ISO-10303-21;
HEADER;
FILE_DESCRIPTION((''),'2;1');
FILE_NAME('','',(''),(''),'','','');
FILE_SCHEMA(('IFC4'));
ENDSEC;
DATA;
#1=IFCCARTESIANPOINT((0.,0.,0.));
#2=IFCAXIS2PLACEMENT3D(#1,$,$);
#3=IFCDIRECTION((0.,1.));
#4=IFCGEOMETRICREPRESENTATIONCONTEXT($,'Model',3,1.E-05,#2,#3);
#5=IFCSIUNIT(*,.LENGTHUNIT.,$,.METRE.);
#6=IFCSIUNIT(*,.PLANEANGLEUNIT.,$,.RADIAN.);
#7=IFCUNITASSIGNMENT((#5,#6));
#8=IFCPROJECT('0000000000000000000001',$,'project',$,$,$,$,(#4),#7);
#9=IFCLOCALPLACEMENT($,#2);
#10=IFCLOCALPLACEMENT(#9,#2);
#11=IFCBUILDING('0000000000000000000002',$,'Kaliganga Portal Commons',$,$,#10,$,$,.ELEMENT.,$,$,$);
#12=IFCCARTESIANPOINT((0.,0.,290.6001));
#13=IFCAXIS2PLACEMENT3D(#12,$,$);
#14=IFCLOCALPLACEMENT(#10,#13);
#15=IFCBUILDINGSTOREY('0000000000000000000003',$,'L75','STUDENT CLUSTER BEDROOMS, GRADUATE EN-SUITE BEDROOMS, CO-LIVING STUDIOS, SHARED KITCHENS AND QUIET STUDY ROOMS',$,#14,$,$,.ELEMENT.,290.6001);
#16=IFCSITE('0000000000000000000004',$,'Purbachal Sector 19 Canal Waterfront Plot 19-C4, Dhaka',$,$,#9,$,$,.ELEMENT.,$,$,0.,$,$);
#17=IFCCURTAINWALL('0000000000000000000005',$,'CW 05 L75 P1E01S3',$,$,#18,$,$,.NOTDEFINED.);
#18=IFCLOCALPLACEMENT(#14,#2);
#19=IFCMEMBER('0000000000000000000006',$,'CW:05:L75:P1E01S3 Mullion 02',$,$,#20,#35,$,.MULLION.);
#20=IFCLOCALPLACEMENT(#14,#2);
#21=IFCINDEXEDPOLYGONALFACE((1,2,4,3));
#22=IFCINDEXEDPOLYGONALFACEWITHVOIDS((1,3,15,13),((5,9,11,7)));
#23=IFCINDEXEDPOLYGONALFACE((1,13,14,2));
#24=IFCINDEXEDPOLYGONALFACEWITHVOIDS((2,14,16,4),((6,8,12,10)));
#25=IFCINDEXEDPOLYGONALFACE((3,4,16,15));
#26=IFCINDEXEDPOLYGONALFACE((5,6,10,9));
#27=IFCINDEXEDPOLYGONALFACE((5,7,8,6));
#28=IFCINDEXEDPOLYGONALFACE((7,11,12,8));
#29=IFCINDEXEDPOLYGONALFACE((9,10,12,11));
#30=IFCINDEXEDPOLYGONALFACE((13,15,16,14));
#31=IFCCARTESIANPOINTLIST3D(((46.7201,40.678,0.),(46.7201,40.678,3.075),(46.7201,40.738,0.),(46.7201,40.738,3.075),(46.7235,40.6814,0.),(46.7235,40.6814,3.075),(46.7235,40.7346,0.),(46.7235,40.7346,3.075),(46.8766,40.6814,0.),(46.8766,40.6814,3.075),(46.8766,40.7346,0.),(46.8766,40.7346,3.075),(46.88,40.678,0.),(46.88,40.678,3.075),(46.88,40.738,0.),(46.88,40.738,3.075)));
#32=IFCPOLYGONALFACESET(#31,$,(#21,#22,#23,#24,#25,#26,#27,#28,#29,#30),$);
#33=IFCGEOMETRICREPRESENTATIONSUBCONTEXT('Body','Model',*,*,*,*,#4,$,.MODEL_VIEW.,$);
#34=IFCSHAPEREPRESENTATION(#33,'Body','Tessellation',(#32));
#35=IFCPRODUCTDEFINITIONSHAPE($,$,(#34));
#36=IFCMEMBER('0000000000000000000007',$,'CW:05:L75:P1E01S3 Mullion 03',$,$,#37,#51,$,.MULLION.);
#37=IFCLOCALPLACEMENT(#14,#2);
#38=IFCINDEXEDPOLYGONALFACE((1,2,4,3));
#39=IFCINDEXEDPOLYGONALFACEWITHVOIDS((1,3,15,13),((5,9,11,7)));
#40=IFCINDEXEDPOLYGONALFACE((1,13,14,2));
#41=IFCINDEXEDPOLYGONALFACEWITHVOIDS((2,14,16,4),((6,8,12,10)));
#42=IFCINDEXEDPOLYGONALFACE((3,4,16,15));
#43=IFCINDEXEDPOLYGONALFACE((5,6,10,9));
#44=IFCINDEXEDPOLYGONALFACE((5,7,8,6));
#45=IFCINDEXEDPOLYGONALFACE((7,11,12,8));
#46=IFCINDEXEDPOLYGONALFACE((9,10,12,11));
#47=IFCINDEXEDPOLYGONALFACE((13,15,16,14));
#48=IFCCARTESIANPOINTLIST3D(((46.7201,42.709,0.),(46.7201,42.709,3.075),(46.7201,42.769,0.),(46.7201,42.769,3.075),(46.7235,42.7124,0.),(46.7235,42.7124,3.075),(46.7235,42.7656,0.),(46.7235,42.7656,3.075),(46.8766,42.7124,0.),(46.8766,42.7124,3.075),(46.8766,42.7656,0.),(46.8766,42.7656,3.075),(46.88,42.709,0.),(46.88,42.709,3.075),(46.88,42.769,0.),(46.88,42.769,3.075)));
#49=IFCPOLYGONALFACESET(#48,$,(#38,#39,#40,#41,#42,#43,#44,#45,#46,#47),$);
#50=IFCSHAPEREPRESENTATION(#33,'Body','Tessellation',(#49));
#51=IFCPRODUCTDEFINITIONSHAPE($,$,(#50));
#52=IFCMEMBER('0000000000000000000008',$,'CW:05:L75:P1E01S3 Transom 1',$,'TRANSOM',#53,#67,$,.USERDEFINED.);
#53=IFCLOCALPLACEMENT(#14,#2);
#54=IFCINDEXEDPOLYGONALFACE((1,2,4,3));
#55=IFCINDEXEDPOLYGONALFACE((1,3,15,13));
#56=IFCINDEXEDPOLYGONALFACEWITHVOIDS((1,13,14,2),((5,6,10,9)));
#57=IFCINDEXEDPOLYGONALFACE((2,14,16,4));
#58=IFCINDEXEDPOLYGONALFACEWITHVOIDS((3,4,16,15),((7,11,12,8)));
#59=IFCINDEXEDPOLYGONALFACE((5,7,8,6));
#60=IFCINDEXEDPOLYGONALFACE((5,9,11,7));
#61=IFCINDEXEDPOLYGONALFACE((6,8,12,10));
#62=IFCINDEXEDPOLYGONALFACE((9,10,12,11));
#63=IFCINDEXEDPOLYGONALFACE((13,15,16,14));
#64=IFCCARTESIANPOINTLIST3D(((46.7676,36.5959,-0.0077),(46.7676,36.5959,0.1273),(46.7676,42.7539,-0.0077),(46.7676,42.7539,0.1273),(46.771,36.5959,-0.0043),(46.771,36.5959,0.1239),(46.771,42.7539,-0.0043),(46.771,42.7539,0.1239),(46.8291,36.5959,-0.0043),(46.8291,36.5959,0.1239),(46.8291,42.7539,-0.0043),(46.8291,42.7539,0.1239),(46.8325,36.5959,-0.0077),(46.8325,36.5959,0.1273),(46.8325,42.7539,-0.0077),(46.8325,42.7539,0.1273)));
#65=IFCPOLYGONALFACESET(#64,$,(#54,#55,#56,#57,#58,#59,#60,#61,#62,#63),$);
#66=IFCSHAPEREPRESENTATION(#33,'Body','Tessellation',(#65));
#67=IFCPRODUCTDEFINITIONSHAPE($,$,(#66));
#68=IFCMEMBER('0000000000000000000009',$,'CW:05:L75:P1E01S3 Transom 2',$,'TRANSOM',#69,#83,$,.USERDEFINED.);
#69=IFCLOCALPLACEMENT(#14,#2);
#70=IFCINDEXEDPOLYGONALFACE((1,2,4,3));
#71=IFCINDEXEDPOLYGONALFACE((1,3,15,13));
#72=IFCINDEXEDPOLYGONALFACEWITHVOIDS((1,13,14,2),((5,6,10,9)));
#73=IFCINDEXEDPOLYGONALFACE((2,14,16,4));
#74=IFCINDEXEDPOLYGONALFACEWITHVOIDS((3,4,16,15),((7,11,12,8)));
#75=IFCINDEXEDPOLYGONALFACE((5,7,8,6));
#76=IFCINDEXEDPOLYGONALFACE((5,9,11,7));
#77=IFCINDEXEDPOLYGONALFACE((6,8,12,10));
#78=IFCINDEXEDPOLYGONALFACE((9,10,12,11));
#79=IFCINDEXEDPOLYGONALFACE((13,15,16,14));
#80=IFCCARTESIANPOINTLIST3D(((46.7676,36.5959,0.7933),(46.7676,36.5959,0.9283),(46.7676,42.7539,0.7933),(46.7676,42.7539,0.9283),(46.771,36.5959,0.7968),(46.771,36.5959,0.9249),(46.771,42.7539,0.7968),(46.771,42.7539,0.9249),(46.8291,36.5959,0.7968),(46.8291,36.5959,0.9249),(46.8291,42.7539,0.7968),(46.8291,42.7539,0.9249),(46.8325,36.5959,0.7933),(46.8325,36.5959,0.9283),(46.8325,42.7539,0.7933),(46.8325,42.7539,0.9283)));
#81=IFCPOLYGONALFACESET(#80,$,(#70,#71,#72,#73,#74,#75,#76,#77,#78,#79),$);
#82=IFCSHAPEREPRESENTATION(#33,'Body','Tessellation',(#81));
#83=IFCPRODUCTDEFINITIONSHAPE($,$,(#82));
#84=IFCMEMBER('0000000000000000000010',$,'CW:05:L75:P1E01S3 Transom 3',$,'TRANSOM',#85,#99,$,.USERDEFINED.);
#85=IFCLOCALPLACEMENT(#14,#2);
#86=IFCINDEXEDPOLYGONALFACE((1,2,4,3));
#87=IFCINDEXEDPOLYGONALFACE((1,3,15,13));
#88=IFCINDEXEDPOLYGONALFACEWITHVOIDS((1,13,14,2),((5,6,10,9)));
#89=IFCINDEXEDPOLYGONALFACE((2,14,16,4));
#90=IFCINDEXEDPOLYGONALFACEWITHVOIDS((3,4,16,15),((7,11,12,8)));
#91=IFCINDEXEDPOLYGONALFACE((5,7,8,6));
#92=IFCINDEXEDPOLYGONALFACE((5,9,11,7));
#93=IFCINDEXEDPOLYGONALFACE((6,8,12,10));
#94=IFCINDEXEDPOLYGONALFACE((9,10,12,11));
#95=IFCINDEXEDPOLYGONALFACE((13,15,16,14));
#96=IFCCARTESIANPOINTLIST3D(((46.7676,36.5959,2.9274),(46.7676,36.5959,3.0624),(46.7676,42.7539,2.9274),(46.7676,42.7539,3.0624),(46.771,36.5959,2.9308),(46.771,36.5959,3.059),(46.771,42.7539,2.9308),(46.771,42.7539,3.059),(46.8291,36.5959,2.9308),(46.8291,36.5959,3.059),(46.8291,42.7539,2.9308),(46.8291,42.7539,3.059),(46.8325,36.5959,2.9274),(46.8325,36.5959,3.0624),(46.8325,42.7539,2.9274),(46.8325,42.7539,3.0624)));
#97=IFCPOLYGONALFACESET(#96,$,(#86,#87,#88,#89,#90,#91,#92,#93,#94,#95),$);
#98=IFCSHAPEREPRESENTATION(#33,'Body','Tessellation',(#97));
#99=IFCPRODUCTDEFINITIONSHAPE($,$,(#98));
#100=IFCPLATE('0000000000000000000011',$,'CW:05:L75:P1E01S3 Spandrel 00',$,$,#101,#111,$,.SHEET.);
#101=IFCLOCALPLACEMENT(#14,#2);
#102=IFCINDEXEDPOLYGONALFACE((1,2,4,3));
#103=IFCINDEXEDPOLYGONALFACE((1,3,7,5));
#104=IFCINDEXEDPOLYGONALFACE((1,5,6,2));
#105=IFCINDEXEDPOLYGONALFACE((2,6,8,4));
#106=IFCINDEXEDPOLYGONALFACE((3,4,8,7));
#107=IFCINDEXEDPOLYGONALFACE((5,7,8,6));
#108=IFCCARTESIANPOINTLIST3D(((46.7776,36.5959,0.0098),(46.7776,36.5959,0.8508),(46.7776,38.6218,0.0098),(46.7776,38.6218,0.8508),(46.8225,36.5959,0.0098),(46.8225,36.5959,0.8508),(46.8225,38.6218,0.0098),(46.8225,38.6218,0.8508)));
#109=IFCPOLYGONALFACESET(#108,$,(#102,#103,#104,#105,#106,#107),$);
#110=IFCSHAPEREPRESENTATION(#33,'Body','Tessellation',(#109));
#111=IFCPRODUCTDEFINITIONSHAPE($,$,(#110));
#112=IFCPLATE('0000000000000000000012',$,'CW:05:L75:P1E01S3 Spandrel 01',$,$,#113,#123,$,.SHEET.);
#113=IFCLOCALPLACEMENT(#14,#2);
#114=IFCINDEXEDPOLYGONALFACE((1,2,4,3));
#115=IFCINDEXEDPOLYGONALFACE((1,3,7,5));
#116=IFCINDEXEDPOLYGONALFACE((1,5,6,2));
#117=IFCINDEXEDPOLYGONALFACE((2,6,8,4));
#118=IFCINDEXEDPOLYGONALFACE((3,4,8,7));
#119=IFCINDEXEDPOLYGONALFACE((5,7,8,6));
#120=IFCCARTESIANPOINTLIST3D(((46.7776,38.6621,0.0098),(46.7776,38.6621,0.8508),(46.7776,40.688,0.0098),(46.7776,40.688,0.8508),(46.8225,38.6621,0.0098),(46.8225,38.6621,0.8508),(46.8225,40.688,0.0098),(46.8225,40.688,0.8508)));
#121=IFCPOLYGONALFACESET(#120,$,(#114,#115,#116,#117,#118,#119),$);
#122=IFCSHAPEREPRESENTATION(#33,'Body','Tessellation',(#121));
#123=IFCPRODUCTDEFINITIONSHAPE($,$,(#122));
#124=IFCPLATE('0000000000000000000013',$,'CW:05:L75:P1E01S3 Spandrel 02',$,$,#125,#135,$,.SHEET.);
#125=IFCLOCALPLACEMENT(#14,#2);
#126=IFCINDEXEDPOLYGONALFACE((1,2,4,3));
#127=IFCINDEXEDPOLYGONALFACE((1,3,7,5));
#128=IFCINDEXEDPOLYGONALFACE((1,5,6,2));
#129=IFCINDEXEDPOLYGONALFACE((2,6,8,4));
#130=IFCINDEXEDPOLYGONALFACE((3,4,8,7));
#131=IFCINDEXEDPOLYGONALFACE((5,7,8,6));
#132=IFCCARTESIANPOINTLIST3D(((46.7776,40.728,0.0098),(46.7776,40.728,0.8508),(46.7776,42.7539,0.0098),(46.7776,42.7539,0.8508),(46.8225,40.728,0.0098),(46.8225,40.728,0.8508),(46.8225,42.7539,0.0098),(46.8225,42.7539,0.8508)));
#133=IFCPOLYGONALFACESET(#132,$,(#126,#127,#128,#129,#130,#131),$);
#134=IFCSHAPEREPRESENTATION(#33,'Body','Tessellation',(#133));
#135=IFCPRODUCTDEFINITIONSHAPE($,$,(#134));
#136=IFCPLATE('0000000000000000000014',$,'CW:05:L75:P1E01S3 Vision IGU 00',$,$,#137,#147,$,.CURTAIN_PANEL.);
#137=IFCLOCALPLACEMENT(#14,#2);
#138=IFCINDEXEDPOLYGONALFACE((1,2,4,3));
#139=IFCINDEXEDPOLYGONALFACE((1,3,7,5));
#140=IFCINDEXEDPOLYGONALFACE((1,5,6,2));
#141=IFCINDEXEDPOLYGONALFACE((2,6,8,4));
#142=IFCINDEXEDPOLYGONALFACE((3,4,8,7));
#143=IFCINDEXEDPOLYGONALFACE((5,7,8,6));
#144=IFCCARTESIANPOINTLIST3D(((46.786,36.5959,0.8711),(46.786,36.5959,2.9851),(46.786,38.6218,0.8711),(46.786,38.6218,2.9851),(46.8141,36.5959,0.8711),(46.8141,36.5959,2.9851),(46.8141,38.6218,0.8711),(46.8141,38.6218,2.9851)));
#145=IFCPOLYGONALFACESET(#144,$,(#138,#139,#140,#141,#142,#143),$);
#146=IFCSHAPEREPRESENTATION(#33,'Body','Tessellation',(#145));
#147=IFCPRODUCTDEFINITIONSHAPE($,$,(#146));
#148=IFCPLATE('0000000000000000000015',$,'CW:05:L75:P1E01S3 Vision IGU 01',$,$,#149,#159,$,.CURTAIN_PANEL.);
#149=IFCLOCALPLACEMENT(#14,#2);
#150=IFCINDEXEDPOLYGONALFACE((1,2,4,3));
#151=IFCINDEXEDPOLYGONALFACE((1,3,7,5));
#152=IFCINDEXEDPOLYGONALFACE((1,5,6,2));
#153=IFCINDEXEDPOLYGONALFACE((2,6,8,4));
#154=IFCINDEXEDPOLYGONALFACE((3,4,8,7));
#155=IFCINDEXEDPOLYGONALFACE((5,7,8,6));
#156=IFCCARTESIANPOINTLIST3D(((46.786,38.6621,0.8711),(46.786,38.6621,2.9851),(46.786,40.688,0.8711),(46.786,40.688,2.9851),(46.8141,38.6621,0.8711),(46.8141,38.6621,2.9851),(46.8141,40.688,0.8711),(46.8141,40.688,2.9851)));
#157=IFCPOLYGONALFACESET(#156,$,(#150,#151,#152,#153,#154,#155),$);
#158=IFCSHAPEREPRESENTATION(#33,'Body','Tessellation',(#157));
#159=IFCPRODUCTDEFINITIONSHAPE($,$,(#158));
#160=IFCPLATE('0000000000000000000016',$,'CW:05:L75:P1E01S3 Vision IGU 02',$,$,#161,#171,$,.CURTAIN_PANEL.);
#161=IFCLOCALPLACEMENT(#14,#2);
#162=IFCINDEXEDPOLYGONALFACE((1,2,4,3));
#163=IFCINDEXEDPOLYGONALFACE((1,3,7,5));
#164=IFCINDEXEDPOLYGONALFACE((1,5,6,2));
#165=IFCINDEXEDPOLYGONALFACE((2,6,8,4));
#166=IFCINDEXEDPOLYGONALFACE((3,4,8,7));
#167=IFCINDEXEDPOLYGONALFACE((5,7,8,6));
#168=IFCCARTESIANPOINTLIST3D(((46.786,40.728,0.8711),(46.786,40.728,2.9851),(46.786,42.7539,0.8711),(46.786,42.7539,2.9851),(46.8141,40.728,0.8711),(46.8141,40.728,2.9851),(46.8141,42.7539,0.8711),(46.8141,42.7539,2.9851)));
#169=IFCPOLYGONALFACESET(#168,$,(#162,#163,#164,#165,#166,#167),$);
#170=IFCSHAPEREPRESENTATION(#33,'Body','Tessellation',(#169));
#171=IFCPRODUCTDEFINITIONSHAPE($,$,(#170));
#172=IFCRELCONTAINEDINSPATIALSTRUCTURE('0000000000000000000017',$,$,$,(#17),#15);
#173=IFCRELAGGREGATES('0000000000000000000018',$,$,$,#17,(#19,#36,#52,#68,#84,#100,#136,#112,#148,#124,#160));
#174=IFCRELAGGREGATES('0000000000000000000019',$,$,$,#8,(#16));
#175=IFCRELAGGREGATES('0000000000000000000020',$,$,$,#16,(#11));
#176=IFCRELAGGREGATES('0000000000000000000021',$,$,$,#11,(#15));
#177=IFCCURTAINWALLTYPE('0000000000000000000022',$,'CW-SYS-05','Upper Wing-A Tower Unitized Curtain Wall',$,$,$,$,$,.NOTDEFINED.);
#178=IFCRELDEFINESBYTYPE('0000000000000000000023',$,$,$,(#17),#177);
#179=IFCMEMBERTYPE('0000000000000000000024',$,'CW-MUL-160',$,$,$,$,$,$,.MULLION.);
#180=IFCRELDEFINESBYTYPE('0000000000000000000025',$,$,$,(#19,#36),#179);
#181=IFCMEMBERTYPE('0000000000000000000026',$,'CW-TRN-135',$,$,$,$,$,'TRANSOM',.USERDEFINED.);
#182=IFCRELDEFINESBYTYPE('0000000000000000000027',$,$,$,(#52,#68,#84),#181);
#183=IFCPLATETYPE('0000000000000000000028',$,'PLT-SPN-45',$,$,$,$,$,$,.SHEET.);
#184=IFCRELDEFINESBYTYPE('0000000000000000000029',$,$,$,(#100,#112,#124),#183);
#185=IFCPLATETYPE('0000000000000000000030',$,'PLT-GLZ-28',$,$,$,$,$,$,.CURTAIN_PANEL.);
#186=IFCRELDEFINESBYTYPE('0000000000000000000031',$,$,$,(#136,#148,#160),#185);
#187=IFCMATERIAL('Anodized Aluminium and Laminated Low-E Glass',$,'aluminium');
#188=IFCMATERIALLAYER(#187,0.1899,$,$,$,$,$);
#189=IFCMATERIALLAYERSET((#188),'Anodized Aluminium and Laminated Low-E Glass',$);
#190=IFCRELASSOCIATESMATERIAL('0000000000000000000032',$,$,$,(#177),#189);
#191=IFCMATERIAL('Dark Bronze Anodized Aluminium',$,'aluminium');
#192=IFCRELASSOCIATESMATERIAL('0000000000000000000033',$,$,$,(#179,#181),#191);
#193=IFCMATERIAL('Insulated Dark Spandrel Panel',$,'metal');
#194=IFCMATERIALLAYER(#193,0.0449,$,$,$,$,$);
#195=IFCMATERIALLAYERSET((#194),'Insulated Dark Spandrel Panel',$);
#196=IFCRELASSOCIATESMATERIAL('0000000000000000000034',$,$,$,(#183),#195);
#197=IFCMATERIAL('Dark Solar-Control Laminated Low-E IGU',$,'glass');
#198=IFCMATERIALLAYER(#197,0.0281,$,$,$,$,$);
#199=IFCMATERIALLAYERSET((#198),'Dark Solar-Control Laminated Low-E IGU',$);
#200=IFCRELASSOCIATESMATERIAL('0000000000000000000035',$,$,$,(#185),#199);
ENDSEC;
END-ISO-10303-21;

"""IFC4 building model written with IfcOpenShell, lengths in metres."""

from ifc_helpers import new_model, si_unit, direction, frame, origin, origin_2d, place, context, subcontext, project, spatial, rectangle, hollow_rectangle, extrude, source, transform, mapped, material, layer, layer_set, material_profile, profile_set, type_object, element, aggregate, save


model = new_model("IFC4")

# Units and contexts
model_context = context("Model", 3, precision=1e-05, world=origin(), true_north=direction((0.0, 1.0)))
body_context = subcontext(model_context, "Body", "Model", "MODEL_VIEW")
ifc_project = project(units=[si_unit("LENGTHUNIT", "METRE"), si_unit("PLANEANGLEUNIT", "RADIAN")], contexts=[model_context])

# Site, building, storey
site_placement = place(None, origin())
site = spatial("IfcSite", under=ifc_project, at=site_placement, Name="Purbachal Sector 19 Canal Waterfront Plot 19-C4, Dhaka", CompositionType="ELEMENT", RefElevation=0.0)
building_placement = place(site_placement, origin())
building = spatial("IfcBuilding", under=site, at=building_placement, Name="Kaliganga Portal Commons", CompositionType="ELEMENT")
storey_placement = place(building_placement, frame((0.0, 0.0, 290.6001)))
storey = spatial("IfcBuildingStorey", under=building, at=storey_placement, Name="L75", Description="STUDENT CLUSTER BEDROOMS, GRADUATE EN-SUITE BEDROOMS, CO-LIVING STUDIOS, SHARED KITCHENS AND QUIET STUDY ROOMS", CompositionType="ELEMENT", Elevation=290.6001)

# Shared definitions
ifc_material_1 = material(Name="Anodized Aluminium and Laminated Low-E Glass", Category="aluminium")
ifc_layer_1 = layer(ifc_material_1, 0.1899)
ifc_layer_set_1 = layer_set([ifc_layer_1], Name="Anodized Aluminium and Laminated Low-E Glass")
curtain_wall_type = type_object("IfcCurtainWallType", Name="CW-SYS-05", Description="Upper Wing-A Tower Unitized Curtain Wall", PredefinedType="NOTDEFINED", material=ifc_layer_set_1)
ifc_material_2 = material(Name="Dark Bronze Anodized Aluminium", Category="aluminium")
ifc_material_profile_1 = material_profile(ifc_material_2, hollow_rectangle(XDim=0.0601, YDim=0.1599, WallThickness=0.0034, at=origin_2d()), Name="ALU MULL 60x160x3.5")
ifc_profile_set_1 = profile_set([ifc_material_profile_1], Name="Dark Bronze Anodized Aluminium")
member_type_1 = type_object("IfcMemberType", Name="CW-MUL-160", PredefinedType="MULLION", material=ifc_profile_set_1)
shared_shape_1 = source(origin(), body_context, "Body", "SweptSolid", [
    extrude(hollow_rectangle(XDim=0.0601, YDim=0.1599, WallThickness=0.0034, at=origin_2d()), origin(), (0.0, 0.0, 1.0), 3.075),
])

# Curtain wall, members, plates
curtain_wall_1_placement = place(storey_placement, origin())
curtain_wall_1 = element("IfcCurtainWall", 1, at=curtain_wall_1_placement, inside=storey, type_object=curtain_wall_type, Name="CW 05 L75 P1E01S3", PredefinedType="NOTDEFINED")
member_1_placement = place(storey_placement, frame((46.8, 40.708, 0.0), z_axis=(0.0, 0.0, 1.0), x_axis=(0.0, 1.0, 0.0)))
member_1 = element("IfcMember", 2, at=member_1_placement, type_object=member_type_1, Name="CW:05:L75:P1E01S3 Mullion 02", PredefinedType="MULLION", context=body_context, shape_type="MappedRepresentation", body=[
    mapped(shared_shape_1, transform((0.0, 0.0, 0.0), x_axis=(1.0, 0.0, 0.0), y_axis=(0.0, 1.0, 0.0), z_axis=(0.0, 0.0, 1.0), scale=1.0)),
])
member_2_placement = place(storey_placement, frame((46.8, 42.739, 0.0), z_axis=(0.0, 0.0, 1.0), x_axis=(0.0, 1.0, 0.0)))
member_2 = element("IfcMember", 3, at=member_2_placement, type_object=member_type_1, Name="CW:05:L75:P1E01S3 Mullion 03", PredefinedType="MULLION", context=body_context, shape_type="MappedRepresentation", body=[
    mapped(shared_shape_1, transform((0.0, 0.0, 0.0), x_axis=(1.0, 0.0, 0.0), y_axis=(0.0, 1.0, 0.0), z_axis=(0.0, 0.0, 1.0), scale=1.0)),
])
ifc_material_profile_2 = material_profile(ifc_material_2, hollow_rectangle(XDim=0.0649, YDim=0.135, WallThickness=0.0034, at=origin_2d()), Name="ALU TRAN 65x135x3.5")
ifc_profile_set_2 = profile_set([ifc_material_profile_2], Name="Dark Bronze Anodized Aluminium")
member_type_2 = type_object("IfcMemberType", Name="CW-TRN-135", ElementType="TRANSOM", PredefinedType="USERDEFINED", material=ifc_profile_set_2)
shared_shape_2 = source(origin(), body_context, "Body", "SweptSolid", [
    extrude(hollow_rectangle(XDim=0.0649, YDim=0.135, WallThickness=0.0034, at=origin_2d()), origin(), (0.0, 0.0, 1.0), 6.158),
])
member_3_placement = place(storey_placement, frame((46.8, 36.5959, 0.0598), z_axis=(0.0, 1.0, 0.0), x_axis=(-1.0, 0.0, 0.0)))
member_3 = element("IfcMember", 4, at=member_3_placement, type_object=member_type_2, Name="CW:05:L75:P1E01S3 Transom 1", ObjectType="TRANSOM", PredefinedType="USERDEFINED", context=body_context, shape_type="MappedRepresentation", body=[
    mapped(shared_shape_2, transform((0.0, 0.0, 0.0), x_axis=(1.0, 0.0, 0.0), y_axis=(0.0, 1.0, 0.0), z_axis=(0.0, 0.0, 1.0), scale=1.0)),
])
member_4_placement = place(storey_placement, frame((46.8, 36.5959, 0.8608), z_axis=(0.0, 1.0, 0.0), x_axis=(-1.0, 0.0, 0.0)))
member_4 = element("IfcMember", 5, at=member_4_placement, type_object=member_type_2, Name="CW:05:L75:P1E01S3 Transom 2", ObjectType="TRANSOM", PredefinedType="USERDEFINED", context=body_context, shape_type="MappedRepresentation", body=[
    mapped(shared_shape_2, transform((0.0, 0.0, 0.0), x_axis=(1.0, 0.0, 0.0), y_axis=(0.0, 1.0, 0.0), z_axis=(0.0, 0.0, 1.0), scale=1.0)),
])
member_5_placement = place(storey_placement, frame((46.8, 36.5959, 2.9949), z_axis=(0.0, 1.0, 0.0), x_axis=(-1.0, 0.0, 0.0)))
member_5 = element("IfcMember", 6, at=member_5_placement, type_object=member_type_2, Name="CW:05:L75:P1E01S3 Transom 3", ObjectType="TRANSOM", PredefinedType="USERDEFINED", context=body_context, shape_type="MappedRepresentation", body=[
    mapped(shared_shape_2, transform((0.0, 0.0, 0.0), x_axis=(1.0, 0.0, 0.0), y_axis=(0.0, 1.0, 0.0), z_axis=(0.0, 0.0, 1.0), scale=1.0)),
])
ifc_material_3 = material(Name="Insulated Dark Spandrel Panel", Category="metal")
ifc_layer_2 = layer(ifc_material_3, 0.0449)
ifc_layer_set_2 = layer_set([ifc_layer_2], Name="Insulated Dark Spandrel Panel")
plate_type_1 = type_object("IfcPlateType", Name="PLT-SPN-45", PredefinedType="SHEET", material=ifc_layer_set_2)
shared_shape_3 = source(origin(), body_context, "Body", "SweptSolid", [
    extrude(rectangle(XDim=2.0259, YDim=0.0449, at=origin_2d()), origin(), (0.0, 0.0, 1.0), 0.8411),
])
plate_1_placement = place(storey_placement, frame((46.8, 37.6089, 0.0098), z_axis=(0.0, 0.0, 1.0), x_axis=(0.0, 1.0, 0.0)))
plate_1 = element("IfcPlate", 7, at=plate_1_placement, type_object=plate_type_1, Name="CW:05:L75:P1E01S3 Spandrel 00", PredefinedType="SHEET", context=body_context, shape_type="MappedRepresentation", body=[
    mapped(shared_shape_3, transform((0.0, 0.0, 0.0), x_axis=(1.0, 0.0, 0.0), y_axis=(0.0, 1.0, 0.0), z_axis=(0.0, 0.0, 1.0), scale=1.0)),
])
plate_2_placement = place(storey_placement, frame((46.8, 39.675, 0.0098), z_axis=(0.0, 0.0, 1.0), x_axis=(0.0, 1.0, 0.0)))
plate_2 = element("IfcPlate", 8, at=plate_2_placement, type_object=plate_type_1, Name="CW:05:L75:P1E01S3 Spandrel 01", PredefinedType="SHEET", context=body_context, shape_type="MappedRepresentation", body=[
    mapped(shared_shape_3, transform((0.0, 0.0, 0.0), x_axis=(1.0, 0.0, 0.0), y_axis=(0.0, 1.0, 0.0), z_axis=(0.0, 0.0, 1.0), scale=1.0)),
])
plate_3_placement = place(storey_placement, frame((46.8, 41.741, 0.0098), z_axis=(0.0, 0.0, 1.0), x_axis=(0.0, 1.0, 0.0)))
plate_3 = element("IfcPlate", 9, at=plate_3_placement, type_object=plate_type_1, Name="CW:05:L75:P1E01S3 Spandrel 02", PredefinedType="SHEET", context=body_context, shape_type="MappedRepresentation", body=[
    mapped(shared_shape_3, transform((0.0, 0.0, 0.0), x_axis=(1.0, 0.0, 0.0), y_axis=(0.0, 1.0, 0.0), z_axis=(0.0, 0.0, 1.0), scale=1.0)),
])
ifc_material_4 = material(Name="Dark Solar-Control Laminated Low-E IGU", Category="glass")
ifc_layer_3 = layer(ifc_material_4, 0.0281)
ifc_layer_set_3 = layer_set([ifc_layer_3], Name="Dark Solar-Control Laminated Low-E IGU")
plate_type_2 = type_object("IfcPlateType", Name="PLT-GLZ-28", PredefinedType="CURTAIN_PANEL", material=ifc_layer_set_3)
shared_shape_4 = source(origin(), body_context, "Body", "SweptSolid", [
    extrude(rectangle(XDim=2.0259, YDim=0.0281, at=origin_2d()), origin(), (0.0, 0.0, 1.0), 2.114),
])
plate_4_placement = place(storey_placement, frame((46.8, 37.6089, 0.8711), z_axis=(0.0, 0.0, 1.0), x_axis=(0.0, 1.0, 0.0)))
plate_4 = element("IfcPlate", 10, at=plate_4_placement, type_object=plate_type_2, Name="CW:05:L75:P1E01S3 Vision IGU 00", PredefinedType="CURTAIN_PANEL", context=body_context, shape_type="MappedRepresentation", body=[
    mapped(shared_shape_4, transform((0.0, 0.0, 0.0), x_axis=(1.0, 0.0, 0.0), y_axis=(0.0, 1.0, 0.0), z_axis=(0.0, 0.0, 1.0), scale=1.0)),
])
plate_5_placement = place(storey_placement, frame((46.8, 39.675, 0.8711), z_axis=(0.0, 0.0, 1.0), x_axis=(0.0, 1.0, 0.0)))
plate_5 = element("IfcPlate", 11, at=plate_5_placement, type_object=plate_type_2, Name="CW:05:L75:P1E01S3 Vision IGU 01", PredefinedType="CURTAIN_PANEL", context=body_context, shape_type="MappedRepresentation", body=[
    mapped(shared_shape_4, transform((0.0, 0.0, 0.0), x_axis=(1.0, 0.0, 0.0), y_axis=(0.0, 1.0, 0.0), z_axis=(0.0, 0.0, 1.0), scale=1.0)),
])
plate_6_placement = place(storey_placement, frame((46.8, 41.741, 0.8711), z_axis=(0.0, 0.0, 1.0), x_axis=(0.0, 1.0, 0.0)))
plate_6 = element("IfcPlate", 12, at=plate_6_placement, type_object=plate_type_2, Name="CW:05:L75:P1E01S3 Vision IGU 02", PredefinedType="CURTAIN_PANEL", context=body_context, shape_type="MappedRepresentation", body=[
    mapped(shared_shape_4, transform((0.0, 0.0, 0.0), x_axis=(1.0, 0.0, 0.0), y_axis=(0.0, 1.0, 0.0), z_axis=(0.0, 0.0, 1.0), scale=1.0)),
])
aggregate(curtain_wall_1, [member_1, member_2, member_3, member_4, member_5, plate_1, plate_4, plate_2, plate_5, plate_3, plate_6])

save(model, "model.ifc")
